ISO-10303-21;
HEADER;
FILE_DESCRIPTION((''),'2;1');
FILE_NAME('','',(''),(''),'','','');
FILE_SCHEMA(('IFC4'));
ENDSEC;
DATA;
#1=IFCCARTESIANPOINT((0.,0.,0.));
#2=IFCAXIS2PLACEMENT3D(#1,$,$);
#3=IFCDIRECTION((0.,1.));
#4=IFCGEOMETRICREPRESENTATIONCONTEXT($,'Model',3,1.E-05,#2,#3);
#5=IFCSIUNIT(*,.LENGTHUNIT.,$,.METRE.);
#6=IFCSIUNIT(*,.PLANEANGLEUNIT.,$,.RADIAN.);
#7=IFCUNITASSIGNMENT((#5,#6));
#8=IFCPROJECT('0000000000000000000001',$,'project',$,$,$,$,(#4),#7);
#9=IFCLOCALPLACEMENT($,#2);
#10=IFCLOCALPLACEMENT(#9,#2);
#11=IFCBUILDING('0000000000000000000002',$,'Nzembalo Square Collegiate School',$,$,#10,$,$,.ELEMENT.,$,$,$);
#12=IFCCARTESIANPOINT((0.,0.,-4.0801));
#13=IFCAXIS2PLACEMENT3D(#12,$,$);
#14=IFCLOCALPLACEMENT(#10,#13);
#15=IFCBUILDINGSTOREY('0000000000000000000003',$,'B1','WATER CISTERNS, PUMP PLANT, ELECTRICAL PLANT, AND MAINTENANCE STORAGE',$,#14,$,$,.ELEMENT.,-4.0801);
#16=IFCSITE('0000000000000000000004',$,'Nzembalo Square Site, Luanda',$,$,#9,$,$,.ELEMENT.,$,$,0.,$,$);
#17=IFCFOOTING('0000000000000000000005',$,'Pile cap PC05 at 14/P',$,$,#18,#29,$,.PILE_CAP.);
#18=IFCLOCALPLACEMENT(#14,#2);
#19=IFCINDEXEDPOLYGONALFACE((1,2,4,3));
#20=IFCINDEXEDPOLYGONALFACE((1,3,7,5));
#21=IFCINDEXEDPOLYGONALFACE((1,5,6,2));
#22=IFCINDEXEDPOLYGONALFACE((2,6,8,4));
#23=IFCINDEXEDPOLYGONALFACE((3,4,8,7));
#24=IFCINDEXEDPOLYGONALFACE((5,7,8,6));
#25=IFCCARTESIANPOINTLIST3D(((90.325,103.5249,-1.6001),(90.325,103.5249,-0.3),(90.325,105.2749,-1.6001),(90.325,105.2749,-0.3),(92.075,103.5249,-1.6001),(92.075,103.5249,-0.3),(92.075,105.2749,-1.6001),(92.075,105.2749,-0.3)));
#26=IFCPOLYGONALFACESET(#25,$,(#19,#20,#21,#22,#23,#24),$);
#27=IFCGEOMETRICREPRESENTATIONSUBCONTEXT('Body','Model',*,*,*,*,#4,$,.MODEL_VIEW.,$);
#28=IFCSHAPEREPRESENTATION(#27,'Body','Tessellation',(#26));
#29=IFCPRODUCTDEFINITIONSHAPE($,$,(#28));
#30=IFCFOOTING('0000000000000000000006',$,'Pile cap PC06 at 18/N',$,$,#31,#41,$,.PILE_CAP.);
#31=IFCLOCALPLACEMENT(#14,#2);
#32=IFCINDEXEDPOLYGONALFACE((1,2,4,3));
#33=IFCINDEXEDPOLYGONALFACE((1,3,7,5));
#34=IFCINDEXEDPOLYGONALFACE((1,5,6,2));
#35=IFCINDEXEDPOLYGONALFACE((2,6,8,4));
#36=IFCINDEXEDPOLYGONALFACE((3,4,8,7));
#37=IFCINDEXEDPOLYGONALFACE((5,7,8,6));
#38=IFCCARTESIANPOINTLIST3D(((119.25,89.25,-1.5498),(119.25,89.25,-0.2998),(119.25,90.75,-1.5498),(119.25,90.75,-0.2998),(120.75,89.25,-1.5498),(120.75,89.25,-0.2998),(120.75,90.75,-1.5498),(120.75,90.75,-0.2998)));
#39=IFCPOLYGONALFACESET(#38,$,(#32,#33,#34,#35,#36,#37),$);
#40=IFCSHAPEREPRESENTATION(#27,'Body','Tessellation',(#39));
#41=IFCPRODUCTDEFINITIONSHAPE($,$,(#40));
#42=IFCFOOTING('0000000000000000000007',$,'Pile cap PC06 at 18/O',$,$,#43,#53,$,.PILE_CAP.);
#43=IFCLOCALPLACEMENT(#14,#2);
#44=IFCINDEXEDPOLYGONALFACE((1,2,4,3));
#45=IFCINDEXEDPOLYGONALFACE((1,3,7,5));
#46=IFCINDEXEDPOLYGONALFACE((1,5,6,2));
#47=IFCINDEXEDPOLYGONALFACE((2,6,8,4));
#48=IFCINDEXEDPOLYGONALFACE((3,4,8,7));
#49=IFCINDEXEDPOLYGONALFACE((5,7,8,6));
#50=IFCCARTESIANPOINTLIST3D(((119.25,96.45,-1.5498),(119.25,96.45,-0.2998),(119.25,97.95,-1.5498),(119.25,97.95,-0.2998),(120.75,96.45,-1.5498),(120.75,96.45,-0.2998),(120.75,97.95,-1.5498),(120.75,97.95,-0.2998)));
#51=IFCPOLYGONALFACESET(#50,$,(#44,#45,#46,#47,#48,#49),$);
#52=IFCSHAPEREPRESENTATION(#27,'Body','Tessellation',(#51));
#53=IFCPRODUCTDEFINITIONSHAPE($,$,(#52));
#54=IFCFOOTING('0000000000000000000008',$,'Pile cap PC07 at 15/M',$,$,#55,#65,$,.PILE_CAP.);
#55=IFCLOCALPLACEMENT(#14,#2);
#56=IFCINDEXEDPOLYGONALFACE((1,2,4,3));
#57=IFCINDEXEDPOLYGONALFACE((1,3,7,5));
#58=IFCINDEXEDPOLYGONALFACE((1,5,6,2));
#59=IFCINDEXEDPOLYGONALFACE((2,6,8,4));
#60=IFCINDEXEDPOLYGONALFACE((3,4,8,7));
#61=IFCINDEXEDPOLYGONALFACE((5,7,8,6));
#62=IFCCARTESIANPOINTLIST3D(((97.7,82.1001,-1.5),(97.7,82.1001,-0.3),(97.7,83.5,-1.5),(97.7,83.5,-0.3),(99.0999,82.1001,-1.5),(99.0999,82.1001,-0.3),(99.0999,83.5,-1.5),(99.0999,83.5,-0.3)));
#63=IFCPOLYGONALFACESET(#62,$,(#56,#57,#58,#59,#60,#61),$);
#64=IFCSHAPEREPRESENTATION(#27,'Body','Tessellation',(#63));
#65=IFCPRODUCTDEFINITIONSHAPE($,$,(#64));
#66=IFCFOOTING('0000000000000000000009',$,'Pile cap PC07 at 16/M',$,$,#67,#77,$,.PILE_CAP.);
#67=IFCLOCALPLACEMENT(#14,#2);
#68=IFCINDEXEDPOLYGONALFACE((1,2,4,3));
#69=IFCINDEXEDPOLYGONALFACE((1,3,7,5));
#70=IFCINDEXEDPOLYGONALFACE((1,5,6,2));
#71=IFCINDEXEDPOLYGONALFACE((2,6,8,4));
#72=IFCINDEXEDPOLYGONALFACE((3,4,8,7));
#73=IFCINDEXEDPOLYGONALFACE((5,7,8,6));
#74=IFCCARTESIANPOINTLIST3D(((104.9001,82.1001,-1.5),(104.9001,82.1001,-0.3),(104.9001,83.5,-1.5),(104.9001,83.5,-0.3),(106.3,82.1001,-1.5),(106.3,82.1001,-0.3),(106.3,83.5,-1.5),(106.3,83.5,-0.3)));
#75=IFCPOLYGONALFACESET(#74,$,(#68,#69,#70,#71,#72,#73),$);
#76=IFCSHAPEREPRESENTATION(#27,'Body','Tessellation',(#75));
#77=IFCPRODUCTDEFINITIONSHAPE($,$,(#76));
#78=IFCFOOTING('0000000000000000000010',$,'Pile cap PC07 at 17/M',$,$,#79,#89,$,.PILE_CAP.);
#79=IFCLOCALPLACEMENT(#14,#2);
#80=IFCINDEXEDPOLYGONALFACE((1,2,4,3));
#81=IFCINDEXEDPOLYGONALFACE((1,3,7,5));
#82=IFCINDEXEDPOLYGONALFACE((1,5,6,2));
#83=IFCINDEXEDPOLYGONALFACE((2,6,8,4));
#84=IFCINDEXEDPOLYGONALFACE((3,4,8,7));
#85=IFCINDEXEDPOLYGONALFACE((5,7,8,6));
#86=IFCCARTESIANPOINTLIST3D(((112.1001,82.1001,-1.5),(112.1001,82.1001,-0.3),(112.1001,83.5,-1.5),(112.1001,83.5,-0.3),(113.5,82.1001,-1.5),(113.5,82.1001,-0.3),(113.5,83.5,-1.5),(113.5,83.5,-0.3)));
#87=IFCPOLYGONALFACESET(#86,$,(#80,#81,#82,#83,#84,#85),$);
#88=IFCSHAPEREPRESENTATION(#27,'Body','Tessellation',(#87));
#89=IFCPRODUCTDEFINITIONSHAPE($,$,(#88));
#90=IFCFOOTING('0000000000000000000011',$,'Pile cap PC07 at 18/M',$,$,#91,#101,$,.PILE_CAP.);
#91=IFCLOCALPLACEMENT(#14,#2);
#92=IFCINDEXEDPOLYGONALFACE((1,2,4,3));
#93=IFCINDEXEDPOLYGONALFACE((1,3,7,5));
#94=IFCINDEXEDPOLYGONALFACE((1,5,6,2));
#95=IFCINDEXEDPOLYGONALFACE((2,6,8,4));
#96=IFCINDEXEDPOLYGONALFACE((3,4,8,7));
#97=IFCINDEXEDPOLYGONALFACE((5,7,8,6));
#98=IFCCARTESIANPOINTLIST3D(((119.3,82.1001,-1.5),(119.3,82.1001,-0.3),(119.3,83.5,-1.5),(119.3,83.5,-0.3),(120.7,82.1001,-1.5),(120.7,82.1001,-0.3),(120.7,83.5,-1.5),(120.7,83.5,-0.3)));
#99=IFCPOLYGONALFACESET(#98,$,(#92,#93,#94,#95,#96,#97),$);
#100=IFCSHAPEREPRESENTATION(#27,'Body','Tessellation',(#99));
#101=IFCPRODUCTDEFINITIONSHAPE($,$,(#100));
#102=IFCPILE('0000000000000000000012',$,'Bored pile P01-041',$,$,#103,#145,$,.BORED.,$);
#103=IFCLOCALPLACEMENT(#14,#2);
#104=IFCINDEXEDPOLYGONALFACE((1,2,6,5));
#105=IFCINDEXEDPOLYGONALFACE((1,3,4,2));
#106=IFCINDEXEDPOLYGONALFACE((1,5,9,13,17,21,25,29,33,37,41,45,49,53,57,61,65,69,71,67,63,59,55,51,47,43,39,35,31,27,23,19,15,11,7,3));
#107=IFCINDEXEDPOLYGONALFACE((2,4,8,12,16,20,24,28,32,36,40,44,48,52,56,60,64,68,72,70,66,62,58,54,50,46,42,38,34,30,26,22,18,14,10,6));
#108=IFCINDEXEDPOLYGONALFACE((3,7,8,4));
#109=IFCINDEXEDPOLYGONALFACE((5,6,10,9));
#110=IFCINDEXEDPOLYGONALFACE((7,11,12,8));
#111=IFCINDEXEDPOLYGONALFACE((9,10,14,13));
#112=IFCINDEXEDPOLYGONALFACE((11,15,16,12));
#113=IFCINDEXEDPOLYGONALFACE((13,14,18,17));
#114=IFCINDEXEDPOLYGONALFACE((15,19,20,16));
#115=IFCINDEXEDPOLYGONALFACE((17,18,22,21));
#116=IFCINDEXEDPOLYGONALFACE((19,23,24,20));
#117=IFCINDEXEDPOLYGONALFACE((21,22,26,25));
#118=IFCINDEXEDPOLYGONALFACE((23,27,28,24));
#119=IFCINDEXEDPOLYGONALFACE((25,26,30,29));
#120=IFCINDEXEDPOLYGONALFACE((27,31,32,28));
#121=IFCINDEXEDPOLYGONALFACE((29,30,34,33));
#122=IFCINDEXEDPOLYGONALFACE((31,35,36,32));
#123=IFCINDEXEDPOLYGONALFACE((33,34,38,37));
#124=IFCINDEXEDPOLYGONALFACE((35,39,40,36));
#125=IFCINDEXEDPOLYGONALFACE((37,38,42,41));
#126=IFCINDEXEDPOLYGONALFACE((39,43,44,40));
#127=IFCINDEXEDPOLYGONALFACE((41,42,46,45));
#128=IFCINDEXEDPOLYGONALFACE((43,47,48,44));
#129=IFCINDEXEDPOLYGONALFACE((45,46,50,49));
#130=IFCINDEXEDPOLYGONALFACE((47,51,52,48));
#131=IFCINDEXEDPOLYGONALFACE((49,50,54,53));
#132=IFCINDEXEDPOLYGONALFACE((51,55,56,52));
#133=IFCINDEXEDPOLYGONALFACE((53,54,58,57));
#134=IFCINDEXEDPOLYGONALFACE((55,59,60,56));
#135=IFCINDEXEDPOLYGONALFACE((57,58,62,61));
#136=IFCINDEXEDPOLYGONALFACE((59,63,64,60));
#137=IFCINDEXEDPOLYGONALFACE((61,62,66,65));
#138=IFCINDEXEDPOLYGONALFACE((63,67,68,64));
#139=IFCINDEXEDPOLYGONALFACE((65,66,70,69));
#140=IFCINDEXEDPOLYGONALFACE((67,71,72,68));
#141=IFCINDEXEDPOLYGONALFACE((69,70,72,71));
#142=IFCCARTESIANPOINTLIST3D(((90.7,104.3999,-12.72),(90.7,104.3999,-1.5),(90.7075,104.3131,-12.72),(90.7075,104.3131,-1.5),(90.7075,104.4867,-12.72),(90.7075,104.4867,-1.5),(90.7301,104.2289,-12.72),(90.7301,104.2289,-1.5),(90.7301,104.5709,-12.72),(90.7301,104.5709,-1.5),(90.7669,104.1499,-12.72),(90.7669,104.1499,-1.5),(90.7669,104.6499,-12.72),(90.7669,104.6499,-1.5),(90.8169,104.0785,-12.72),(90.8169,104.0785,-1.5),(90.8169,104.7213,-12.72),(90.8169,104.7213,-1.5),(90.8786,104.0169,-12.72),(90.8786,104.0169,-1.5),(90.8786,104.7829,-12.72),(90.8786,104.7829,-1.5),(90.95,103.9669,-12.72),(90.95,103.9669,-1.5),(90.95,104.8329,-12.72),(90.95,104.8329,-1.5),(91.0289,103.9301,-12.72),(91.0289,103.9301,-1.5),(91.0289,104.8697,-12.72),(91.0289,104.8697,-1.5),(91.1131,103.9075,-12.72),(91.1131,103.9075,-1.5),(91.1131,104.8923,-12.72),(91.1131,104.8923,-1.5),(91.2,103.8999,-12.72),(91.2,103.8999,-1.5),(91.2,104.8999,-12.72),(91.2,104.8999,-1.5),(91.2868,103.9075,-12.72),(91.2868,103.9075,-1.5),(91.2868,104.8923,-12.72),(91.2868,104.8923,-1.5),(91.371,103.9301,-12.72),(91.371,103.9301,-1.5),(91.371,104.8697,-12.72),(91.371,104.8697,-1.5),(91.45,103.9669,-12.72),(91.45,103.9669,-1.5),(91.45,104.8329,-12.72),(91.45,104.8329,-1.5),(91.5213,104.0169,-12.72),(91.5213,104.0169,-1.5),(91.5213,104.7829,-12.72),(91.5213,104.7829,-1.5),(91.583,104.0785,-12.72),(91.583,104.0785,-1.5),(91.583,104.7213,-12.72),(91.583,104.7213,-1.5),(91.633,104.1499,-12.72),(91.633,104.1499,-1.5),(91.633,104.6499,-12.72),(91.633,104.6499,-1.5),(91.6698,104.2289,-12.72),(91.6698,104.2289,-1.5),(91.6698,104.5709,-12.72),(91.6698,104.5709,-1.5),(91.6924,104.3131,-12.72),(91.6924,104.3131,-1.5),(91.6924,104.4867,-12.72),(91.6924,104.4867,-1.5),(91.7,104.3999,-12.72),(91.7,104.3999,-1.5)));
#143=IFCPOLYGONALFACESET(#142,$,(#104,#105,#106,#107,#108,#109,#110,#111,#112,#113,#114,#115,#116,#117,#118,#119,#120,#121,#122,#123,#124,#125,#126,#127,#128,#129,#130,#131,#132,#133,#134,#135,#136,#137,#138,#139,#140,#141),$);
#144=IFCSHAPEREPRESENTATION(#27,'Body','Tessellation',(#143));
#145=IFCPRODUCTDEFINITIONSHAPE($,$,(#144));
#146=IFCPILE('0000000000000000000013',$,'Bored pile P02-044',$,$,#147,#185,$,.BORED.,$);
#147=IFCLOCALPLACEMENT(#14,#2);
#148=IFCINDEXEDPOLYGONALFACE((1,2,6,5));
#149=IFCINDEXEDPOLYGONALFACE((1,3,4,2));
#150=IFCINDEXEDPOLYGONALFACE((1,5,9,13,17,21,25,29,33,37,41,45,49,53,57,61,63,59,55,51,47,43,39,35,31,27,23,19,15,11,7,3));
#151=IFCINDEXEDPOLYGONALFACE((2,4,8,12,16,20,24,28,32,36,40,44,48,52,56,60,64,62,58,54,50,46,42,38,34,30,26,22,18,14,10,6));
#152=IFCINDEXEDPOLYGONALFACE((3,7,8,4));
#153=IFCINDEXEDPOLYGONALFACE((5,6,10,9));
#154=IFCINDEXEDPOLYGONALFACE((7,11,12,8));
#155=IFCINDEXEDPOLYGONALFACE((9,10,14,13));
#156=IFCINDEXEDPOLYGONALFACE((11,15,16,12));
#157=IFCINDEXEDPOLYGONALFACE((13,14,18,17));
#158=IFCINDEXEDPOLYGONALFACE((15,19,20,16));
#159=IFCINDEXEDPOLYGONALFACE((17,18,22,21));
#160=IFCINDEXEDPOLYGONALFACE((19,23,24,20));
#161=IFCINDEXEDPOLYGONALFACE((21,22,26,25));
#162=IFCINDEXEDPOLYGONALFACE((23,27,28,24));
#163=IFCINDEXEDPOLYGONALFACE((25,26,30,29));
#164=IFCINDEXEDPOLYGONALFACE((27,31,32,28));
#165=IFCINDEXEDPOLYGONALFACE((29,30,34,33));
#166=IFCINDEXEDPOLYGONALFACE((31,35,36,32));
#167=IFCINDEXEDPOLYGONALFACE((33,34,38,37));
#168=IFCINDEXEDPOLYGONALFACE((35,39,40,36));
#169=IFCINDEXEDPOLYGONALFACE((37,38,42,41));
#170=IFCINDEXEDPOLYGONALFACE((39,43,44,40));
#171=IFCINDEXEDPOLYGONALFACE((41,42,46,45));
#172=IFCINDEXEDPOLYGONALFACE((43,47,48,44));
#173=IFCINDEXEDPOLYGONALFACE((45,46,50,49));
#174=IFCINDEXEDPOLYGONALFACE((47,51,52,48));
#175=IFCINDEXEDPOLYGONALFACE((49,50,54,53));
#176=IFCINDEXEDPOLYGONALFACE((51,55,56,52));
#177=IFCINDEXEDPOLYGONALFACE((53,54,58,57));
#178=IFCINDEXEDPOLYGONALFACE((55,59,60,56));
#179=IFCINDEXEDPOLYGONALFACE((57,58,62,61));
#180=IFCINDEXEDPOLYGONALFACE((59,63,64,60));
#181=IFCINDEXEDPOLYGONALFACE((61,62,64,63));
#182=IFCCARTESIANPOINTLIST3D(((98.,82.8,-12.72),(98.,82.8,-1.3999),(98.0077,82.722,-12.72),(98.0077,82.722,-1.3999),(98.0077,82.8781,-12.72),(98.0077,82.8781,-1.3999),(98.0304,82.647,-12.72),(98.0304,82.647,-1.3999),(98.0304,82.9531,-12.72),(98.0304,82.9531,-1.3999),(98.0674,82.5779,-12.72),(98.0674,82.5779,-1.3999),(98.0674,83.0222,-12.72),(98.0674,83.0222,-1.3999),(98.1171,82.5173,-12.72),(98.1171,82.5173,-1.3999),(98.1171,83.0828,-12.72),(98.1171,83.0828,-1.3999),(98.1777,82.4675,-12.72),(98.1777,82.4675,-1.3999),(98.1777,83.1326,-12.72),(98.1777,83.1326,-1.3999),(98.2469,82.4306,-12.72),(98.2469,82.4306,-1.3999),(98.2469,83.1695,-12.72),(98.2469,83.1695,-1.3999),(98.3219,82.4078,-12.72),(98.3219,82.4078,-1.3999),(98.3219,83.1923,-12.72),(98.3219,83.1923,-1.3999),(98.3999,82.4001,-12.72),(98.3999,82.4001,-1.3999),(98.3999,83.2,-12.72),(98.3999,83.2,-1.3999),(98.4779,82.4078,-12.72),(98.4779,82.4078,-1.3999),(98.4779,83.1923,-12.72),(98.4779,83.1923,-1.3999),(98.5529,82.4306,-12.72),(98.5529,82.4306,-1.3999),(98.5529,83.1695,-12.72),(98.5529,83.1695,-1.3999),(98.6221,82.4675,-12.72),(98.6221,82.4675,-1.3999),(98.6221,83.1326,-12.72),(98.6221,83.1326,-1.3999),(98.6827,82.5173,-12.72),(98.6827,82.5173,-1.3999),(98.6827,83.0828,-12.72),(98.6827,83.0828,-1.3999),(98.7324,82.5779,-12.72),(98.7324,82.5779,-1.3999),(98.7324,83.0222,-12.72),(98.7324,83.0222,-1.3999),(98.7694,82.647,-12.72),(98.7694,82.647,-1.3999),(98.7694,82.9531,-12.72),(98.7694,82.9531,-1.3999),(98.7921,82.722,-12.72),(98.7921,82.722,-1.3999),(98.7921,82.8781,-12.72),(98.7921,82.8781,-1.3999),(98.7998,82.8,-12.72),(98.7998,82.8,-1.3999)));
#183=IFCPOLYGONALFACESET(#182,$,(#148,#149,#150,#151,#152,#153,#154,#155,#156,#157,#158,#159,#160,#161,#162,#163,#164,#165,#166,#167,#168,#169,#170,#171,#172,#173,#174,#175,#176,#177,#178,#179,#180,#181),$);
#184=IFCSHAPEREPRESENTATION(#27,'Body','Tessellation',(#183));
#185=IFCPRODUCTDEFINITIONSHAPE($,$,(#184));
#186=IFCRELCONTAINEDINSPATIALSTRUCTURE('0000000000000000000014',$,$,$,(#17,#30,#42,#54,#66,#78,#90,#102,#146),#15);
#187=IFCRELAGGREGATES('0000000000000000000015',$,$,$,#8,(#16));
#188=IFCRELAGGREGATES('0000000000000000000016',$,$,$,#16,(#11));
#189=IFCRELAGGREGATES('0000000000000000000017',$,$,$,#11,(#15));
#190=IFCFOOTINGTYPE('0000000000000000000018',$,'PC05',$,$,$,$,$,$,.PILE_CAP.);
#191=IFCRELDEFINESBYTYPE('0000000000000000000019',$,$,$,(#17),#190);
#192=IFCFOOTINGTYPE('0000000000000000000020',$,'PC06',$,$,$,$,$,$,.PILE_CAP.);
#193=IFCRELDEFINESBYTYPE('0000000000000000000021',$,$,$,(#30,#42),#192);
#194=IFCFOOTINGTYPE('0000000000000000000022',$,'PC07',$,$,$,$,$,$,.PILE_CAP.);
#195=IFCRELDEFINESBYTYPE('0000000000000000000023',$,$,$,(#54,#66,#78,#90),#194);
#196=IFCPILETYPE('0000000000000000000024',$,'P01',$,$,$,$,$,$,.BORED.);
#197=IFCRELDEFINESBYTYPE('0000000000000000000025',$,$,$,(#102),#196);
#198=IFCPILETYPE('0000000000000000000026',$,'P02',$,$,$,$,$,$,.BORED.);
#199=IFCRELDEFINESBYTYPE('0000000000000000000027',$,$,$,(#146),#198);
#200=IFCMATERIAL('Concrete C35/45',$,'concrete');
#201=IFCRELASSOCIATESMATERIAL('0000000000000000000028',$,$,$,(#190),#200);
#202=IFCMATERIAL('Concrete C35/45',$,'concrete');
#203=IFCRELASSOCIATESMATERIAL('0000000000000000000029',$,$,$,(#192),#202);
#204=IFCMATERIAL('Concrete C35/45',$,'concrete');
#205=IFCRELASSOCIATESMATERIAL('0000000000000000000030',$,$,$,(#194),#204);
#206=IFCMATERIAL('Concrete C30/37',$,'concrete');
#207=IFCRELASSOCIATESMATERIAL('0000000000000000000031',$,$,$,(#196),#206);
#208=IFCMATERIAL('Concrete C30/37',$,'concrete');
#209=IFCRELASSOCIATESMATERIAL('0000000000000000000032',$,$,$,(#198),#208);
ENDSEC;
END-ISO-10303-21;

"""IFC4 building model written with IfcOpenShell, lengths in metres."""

from ifc_helpers import new_model, si_unit, direction, frame, origin, origin_2d, place, context, subcontext, project, spatial, rectangle, circle, extrude, material, material_profile, profile_set, type_object, element, save


model = new_model("IFC4")

# Units and contexts
model_context = context("Model", 3, precision=1e-05, world=origin(), true_north=direction((0.0, 1.0)))
body_context = subcontext(model_context, "Body", "Model", "MODEL_VIEW")
ifc_project = project(units=[si_unit("LENGTHUNIT", "METRE"), si_unit("PLANEANGLEUNIT", "RADIAN")], contexts=[model_context])

# Site, building, storey
site_placement = place(None, origin())
site = spatial("IfcSite", under=ifc_project, at=site_placement, Name="Nzembalo Square Site, Luanda", CompositionType="ELEMENT", RefElevation=0.0)
building_placement = place(site_placement, origin())
building = spatial("IfcBuilding", under=site, at=building_placement, Name="Nzembalo Square Collegiate School", CompositionType="ELEMENT")
storey_placement = place(building_placement, frame((0.0, 0.0, -4.0801)))
storey = spatial("IfcBuildingStorey", under=building, at=storey_placement, Name="B1", Description="WATER CISTERNS, PUMP PLANT, ELECTRICAL PLANT, AND MAINTENANCE STORAGE", CompositionType="ELEMENT", Elevation=-4.0801)

# Footings
ifc_material_1 = material(Name="Concrete C35/45", Category="concrete")
footing_type_1 = type_object("IfcFootingType", Name="PC05", PredefinedType="PILE_CAP", material=ifc_material_1)
footing_placement = place(storey_placement, frame((91.2, 104.3999, -1.6001), z_axis=(0.0, 0.0, 1.0), x_axis=(1.0, 0.0, 0.0)))
element("IfcFooting", 1, at=footing_placement, inside=storey, type_object=footing_type_1, Name="Pile cap PC05 at 14/P", PredefinedType="PILE_CAP", context=body_context, shape_type="SweptSolid", body=[
    extrude(rectangle(XDim=1.75, YDim=1.75, at=origin_2d()), origin(), (0.0, 0.0, 1.0), 1.3),
])
ifc_material_2 = material(Name="Concrete C35/45", Category="concrete")
footing_type_2 = type_object("IfcFootingType", Name="PC06", PredefinedType="PILE_CAP", material=ifc_material_2)
for number, where, z_axis, x_axis, name in (
    (2, (120.0, 90.0, -1.5498), (0.0, 0.0, 1.0), (1.0, 0.0, 0.0), "Pile cap PC06 at 18/N"),
    (3, (120.0, 97.2, -1.5498), (0.0, 0.0, 1.0), (1.0, 0.0, 0.0), "Pile cap PC06 at 18/O"),
):
    element("IfcFooting", number, at=place(storey_placement, frame(where, z_axis=z_axis, x_axis=x_axis)), inside=storey, type_object=footing_type_2, Name=name, PredefinedType="PILE_CAP", context=body_context, shape_type="SweptSolid", body=[
        extrude(rectangle(XDim=1.5, YDim=1.5, at=origin_2d()), origin(), (0.0, 0.0, 1.0), 1.25),
    ])
ifc_material_3 = material(Name="Concrete C35/45", Category="concrete")
footing_type_3 = type_object("IfcFootingType", Name="PC07", PredefinedType="PILE_CAP", material=ifc_material_3)
for number, where, z_axis, x_axis, name in (
    (4, (98.3999, 82.8, -1.5), (0.0, 0.0, 1.0), (1.0, 0.0, 0.0), "Pile cap PC07 at 15/M"),
    (5, (105.6001, 82.8, -1.5), (0.0, 0.0, 1.0), (1.0, 0.0, 0.0), "Pile cap PC07 at 16/M"),
    (6, (112.8, 82.8, -1.5), (0.0, 0.0, 1.0), (1.0, 0.0, 0.0), "Pile cap PC07 at 17/M"),
    (7, (120.0, 82.8, -1.5), (0.0, 0.0, 1.0), (1.0, 0.0, 0.0), "Pile cap PC07 at 18/M"),
):
    element("IfcFooting", number, at=place(storey_placement, frame(where, z_axis=z_axis, x_axis=x_axis)), inside=storey, type_object=footing_type_3, Name=name, PredefinedType="PILE_CAP", context=body_context, shape_type="SweptSolid", body=[
        extrude(rectangle(XDim=1.3999, YDim=1.3999, at=origin_2d()), origin(), (0.0, 0.0, 1.0), 1.2),
    ])

# Piles
ifc_material_4 = material(Name="Concrete C30/37", Category="concrete")
ifc_material_profile_1 = material_profile(ifc_material_4, circle(Radius=0.5, at=origin_2d()), Name="PILE D1000")
ifc_profile_set_1 = profile_set([ifc_material_profile_1], Name="Concrete C30/37")
pile_type_1 = type_object("IfcPileType", Name="P01", PredefinedType="BORED", material=ifc_profile_set_1)
pile_placement = place(storey_placement, frame((91.2, 104.3999, -1.5), z_axis=(0.0, 0.0, -1.0), x_axis=(1.0, 0.0, 0.0)))
element("IfcPile", 8, at=pile_placement, inside=storey, type_object=pile_type_1, Name="Bored pile P01-041", PredefinedType="BORED", context=body_context, shape_type="SweptSolid", body=[
    extrude(circle(Radius=0.5, at=origin_2d()), origin(), (0.0, 0.0, 1.0), 11.22),
])
ifc_material_5 = material(Name="Concrete C30/37", Category="concrete")
ifc_material_profile_2 = material_profile(ifc_material_5, circle(Radius=0.3999, at=origin_2d()), Name="PILE D800")
ifc_profile_set_2 = profile_set([ifc_material_profile_2], Name="Concrete C30/37")
pile_type_2 = type_object("IfcPileType", Name="P02", PredefinedType="BORED", material=ifc_profile_set_2)
for number, where, z_axis, x_axis, name in (
    (9, (98.3999, 82.8, -1.3999), (0.0, 0.0, -1.0), (1.0, 0.0, 0.0), "Bored pile P02-044"),
):
    element("IfcPile", number, at=place(storey_placement, frame(where, z_axis=z_axis, x_axis=x_axis)), inside=storey, type_object=pile_type_2, Name=name, PredefinedType="BORED", context=body_context, shape_type="SweptSolid", body=[
        extrude(circle(Radius=0.3999, at=origin_2d()), origin(), (0.0, 0.0, 1.0), 11.3201),
    ])

save(model, "model.ifc")
